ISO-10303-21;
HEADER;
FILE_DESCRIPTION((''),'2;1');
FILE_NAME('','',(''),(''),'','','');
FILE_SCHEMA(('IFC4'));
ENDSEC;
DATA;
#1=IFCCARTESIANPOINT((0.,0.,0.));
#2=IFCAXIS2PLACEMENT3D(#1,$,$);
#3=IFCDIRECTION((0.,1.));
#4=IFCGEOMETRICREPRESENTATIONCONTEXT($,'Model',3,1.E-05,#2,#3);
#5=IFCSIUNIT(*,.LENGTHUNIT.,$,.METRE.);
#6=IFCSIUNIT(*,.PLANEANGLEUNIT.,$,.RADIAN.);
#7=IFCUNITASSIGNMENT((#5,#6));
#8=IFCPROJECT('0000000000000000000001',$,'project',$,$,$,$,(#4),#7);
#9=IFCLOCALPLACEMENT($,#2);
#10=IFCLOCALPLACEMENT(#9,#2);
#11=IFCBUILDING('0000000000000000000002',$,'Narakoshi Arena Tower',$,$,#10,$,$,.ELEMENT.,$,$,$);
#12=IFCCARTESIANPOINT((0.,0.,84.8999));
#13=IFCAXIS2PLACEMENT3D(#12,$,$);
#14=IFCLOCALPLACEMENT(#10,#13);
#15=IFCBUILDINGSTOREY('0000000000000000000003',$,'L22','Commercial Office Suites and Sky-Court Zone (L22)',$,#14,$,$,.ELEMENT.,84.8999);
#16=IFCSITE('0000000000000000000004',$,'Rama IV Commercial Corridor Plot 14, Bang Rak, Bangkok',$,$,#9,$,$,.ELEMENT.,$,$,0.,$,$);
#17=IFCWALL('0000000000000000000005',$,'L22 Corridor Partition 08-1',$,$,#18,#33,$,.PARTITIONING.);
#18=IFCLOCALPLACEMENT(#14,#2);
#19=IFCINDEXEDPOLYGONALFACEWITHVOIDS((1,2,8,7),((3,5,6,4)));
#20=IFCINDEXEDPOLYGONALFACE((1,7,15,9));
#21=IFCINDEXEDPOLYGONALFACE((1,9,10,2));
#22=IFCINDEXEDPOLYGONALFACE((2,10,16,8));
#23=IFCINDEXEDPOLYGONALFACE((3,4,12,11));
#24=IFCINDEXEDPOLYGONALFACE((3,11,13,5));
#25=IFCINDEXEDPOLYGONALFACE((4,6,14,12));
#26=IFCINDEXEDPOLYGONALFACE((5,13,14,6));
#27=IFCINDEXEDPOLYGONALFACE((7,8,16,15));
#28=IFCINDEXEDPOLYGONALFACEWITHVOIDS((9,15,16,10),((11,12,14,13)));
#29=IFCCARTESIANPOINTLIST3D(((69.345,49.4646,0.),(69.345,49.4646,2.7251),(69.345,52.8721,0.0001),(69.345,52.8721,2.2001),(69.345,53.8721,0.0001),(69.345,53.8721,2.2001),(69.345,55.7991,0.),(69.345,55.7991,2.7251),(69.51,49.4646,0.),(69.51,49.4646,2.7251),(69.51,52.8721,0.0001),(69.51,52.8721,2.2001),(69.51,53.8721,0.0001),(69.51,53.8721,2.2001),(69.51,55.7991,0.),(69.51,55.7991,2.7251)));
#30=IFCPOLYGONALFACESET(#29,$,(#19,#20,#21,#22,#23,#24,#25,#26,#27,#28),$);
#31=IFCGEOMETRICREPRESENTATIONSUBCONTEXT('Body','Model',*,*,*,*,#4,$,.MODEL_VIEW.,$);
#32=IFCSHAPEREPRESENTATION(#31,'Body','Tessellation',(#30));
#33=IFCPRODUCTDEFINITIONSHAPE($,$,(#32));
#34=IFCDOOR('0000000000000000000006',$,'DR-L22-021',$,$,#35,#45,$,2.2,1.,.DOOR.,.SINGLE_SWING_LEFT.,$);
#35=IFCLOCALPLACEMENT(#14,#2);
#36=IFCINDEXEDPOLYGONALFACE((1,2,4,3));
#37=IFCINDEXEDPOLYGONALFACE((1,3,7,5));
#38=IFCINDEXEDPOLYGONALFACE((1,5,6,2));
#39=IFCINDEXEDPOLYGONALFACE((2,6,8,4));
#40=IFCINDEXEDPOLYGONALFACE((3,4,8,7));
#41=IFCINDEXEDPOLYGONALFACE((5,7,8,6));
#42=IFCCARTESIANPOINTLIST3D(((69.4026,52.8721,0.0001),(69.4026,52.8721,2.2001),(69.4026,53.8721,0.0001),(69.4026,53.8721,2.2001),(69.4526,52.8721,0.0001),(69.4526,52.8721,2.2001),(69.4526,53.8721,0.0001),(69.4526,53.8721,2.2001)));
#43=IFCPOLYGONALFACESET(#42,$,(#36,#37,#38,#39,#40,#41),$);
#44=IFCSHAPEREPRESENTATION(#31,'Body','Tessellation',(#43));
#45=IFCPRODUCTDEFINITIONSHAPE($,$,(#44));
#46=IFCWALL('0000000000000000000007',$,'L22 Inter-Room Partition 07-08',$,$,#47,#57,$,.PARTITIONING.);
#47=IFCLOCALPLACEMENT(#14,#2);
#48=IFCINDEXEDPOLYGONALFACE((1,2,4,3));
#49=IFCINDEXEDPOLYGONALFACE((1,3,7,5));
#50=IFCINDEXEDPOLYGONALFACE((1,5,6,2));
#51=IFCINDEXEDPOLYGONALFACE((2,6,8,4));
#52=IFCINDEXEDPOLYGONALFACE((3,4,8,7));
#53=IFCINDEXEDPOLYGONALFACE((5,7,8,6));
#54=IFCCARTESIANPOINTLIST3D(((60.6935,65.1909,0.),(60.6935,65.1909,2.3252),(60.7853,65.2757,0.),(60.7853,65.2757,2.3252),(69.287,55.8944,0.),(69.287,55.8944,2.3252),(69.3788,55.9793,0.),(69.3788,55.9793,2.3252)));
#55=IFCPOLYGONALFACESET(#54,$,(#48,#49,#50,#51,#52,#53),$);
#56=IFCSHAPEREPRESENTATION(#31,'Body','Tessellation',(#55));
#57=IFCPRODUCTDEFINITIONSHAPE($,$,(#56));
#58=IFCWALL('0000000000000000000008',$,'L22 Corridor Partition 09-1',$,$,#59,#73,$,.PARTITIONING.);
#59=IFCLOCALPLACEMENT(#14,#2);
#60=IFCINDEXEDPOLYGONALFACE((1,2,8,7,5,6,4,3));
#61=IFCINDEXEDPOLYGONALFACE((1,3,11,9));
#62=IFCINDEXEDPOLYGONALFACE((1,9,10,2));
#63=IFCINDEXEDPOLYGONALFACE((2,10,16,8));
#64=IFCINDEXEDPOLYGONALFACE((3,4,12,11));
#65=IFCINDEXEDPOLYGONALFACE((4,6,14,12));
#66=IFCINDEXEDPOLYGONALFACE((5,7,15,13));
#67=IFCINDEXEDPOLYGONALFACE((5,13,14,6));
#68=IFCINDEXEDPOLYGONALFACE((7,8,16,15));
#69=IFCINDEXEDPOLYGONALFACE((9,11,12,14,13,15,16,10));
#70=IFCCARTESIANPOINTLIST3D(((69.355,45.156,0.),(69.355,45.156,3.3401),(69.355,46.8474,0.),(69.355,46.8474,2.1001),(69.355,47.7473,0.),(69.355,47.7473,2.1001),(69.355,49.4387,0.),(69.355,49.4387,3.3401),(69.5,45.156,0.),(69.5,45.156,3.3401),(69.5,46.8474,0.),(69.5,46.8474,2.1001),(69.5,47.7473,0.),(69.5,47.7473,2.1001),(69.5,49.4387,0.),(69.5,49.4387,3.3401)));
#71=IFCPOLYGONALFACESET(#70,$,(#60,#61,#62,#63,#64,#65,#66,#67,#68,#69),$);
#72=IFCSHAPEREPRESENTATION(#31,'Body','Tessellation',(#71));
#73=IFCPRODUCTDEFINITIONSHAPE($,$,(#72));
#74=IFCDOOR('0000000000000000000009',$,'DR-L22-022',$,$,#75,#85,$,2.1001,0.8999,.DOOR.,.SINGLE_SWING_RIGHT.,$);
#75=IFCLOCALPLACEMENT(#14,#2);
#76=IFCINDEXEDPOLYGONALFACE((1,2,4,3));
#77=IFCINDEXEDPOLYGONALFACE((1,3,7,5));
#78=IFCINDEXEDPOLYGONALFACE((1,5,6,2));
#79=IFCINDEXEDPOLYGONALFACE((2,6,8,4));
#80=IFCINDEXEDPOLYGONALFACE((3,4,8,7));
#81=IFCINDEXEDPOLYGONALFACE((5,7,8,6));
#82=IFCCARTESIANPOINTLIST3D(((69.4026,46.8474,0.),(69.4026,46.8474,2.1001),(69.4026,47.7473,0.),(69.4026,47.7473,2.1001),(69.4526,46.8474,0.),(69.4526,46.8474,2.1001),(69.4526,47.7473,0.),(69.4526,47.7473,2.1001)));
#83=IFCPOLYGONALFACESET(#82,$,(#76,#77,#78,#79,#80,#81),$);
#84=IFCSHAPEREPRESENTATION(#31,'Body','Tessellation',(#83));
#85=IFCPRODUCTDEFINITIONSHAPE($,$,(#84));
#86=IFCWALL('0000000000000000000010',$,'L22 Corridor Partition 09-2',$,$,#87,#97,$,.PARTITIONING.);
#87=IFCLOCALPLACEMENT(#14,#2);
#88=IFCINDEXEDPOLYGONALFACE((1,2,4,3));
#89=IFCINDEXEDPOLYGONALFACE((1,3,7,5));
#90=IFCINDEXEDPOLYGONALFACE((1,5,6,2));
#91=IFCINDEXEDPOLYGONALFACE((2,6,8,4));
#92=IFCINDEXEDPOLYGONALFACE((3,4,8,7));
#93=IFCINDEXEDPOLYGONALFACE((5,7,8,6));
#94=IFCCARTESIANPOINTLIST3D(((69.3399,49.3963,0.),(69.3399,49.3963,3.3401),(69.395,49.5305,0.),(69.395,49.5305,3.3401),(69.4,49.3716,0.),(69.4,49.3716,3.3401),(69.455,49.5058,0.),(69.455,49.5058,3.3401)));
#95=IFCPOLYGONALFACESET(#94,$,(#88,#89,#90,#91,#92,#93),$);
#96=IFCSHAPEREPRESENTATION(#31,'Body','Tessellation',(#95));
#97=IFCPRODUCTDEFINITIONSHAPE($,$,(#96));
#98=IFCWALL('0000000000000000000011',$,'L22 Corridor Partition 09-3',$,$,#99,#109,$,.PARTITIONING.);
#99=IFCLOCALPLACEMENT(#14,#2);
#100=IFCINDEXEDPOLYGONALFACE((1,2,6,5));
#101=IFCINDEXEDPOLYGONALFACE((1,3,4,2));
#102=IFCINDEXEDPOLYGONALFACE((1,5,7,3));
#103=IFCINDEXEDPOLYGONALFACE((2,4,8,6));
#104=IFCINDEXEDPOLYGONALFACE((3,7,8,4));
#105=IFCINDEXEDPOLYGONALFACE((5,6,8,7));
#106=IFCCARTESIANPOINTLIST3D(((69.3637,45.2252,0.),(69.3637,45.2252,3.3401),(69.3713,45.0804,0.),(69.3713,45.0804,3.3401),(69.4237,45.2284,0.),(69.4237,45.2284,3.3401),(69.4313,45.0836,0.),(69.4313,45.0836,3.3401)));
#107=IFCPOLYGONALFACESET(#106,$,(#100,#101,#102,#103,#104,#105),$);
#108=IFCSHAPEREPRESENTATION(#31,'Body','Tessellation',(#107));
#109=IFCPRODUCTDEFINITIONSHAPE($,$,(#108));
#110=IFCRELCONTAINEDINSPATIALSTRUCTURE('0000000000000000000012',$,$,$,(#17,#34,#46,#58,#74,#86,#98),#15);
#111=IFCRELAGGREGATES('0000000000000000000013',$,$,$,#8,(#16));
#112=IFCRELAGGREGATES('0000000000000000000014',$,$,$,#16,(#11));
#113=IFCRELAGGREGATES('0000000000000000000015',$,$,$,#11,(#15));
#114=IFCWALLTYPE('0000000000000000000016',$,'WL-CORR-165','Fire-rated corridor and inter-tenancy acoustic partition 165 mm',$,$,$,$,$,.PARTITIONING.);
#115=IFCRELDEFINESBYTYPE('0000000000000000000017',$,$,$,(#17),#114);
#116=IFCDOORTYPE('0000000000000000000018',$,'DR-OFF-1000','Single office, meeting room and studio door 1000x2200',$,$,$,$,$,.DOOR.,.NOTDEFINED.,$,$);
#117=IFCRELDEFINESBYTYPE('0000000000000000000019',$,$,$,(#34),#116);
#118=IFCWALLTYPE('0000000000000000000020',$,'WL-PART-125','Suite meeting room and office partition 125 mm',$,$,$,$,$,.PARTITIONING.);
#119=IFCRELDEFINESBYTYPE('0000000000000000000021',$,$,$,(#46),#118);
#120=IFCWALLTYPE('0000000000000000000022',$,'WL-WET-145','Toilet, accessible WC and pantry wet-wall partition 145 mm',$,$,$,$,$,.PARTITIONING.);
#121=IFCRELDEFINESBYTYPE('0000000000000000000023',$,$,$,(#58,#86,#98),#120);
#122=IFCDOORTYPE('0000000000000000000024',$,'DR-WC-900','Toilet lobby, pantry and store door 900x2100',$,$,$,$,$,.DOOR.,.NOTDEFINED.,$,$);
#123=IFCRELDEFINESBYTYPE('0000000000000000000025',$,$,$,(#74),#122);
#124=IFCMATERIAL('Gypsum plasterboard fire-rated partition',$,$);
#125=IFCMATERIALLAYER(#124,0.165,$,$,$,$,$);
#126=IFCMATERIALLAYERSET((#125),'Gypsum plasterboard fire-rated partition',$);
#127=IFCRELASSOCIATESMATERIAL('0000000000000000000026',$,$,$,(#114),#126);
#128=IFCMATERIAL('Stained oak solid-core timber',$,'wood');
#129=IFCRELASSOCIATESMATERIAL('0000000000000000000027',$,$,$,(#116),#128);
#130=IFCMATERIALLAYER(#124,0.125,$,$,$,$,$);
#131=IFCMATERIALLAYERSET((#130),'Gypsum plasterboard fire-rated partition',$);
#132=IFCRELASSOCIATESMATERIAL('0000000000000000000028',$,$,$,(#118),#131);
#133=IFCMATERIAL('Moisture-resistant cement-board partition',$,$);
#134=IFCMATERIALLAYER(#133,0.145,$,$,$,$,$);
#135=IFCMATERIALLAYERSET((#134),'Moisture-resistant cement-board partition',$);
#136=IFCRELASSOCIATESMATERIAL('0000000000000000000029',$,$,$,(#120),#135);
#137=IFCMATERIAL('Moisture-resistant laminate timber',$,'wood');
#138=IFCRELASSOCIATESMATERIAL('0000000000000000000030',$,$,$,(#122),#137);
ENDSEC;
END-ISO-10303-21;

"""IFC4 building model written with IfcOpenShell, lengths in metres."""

from ifc_helpers import new_model, si_unit, direction, frame, frame_2d, origin, place, context, subcontext, project, spatial, rectangle, extrude, material, layer, layer_set, type_object, element, fill, save


model = new_model("IFC4")

# Units and contexts
model_context = context("Model", 3, precision=1e-05, world=origin(), true_north=direction((0.0, 1.0)))
body_context = subcontext(model_context, "Body", "Model", "MODEL_VIEW")
ifc_project = project(units=[si_unit("LENGTHUNIT", "METRE"), si_unit("PLANEANGLEUNIT", "RADIAN")], contexts=[model_context])

# Site, building, storey
site_placement = place(None, origin())
site = spatial("IfcSite", under=ifc_project, at=site_placement, Name="Rama IV Commercial Corridor Plot 14, Bang Rak, Bangkok", CompositionType="ELEMENT", RefElevation=0.0)
building_placement = place(site_placement, origin())
building = spatial("IfcBuilding", under=site, at=building_placement, Name="Narakoshi Arena Tower", CompositionType="ELEMENT")
storey_placement = place(building_placement, frame((0.0, 0.0, 84.8999)))
storey = spatial("IfcBuildingStorey", under=building, at=storey_placement, Name="L22", Description="Commercial Office Suites and Sky-Court Zone (L22)", CompositionType="ELEMENT", Elevation=84.8999)

# Wall, opening, door
ifc_material_1 = material(Name="Gypsum plasterboard fire-rated partition")
ifc_layer_1 = layer(ifc_material_1, 0.165)
ifc_layer_set_1 = layer_set([ifc_layer_1], Name="Gypsum plasterboard fire-rated partition")
wall_type_1 = type_object("IfcWallType", Name="WL-CORR-165", Description="Fire-rated corridor and inter-tenancy acoustic partition 165 mm", PredefinedType="PARTITIONING", material=ifc_layer_set_1)
ifc_material_2 = material(Name="Stained oak solid-core timber", Category="wood")
door_type_1 = type_object("IfcDoorType", Name="DR-OFF-1000", Description="Single office, meeting room and studio door 1000x2200", OperationType="NOTDEFINED", PredefinedType="DOOR", material=ifc_material_2)
wall_1_placement = place(storey_placement, frame((69.4275, 55.7991, 0.0), z_axis=(0.0, 0.0, 1.0), x_axis=(0.0, -1.0, 0.0)))
wall_1 = element("IfcWall", 1, at=wall_1_placement, inside=storey, type_object=wall_type_1, Name="L22 Corridor Partition 08-1", PredefinedType="PARTITIONING", context=body_context, shape_type="SweptSolid", body=[
    extrude(rectangle(XDim=6.3345, YDim=0.165, at=frame_2d((3.1672, 0.0))), origin(), (0.0, 0.0, 1.0), 2.7251),
])
opening_1_placement = place(wall_1_placement, frame((1.927, 0.0, 0.0)))
opening_1 = element("IfcOpeningElement", 2, at=opening_1_placement, cuts=wall_1, PredefinedType="OPENING", context=body_context, shape_type="SweptSolid", body=[
    extrude(rectangle(XDim=1.0, YDim=2.2, at=frame_2d((0.5, 1.1001))), frame((0.0, 0.0925, 0.0), z_axis=(0.0, -1.0, 0.0), x_axis=(1.0, 0.0, 0.0)), (0.0, 0.0, 1.0), 0.1851),
])
door_1_placement = place(opening_1_placement, frame((1.0, 0.0, 0.0), z_axis=(0.0, 0.0, 1.0), x_axis=(-1.0, 0.0, 0.0)))
door_1 = element("IfcDoor", 3, at=door_1_placement, inside=storey, type_object=door_type_1, Name="DR-L22-021", OperationType="SINGLE_SWING_LEFT", OverallHeight=2.2, OverallWidth=1.0, PredefinedType="DOOR", context=body_context, shape_type="SweptSolid", body=[
    extrude(rectangle(XDim=1.0, YDim=2.2, at=frame_2d((0.5, 1.1001))), frame((0.0, 0.0249, 0.0), z_axis=(0.0, -1.0, 0.0), x_axis=(1.0, 0.0, 0.0)), (0.0, 0.0, 1.0), 0.05),
])
fill(opening_1, door_1)

# Wall
ifc_layer_2 = layer(ifc_material_1, 0.125)
ifc_layer_set_2 = layer_set([ifc_layer_2], Name="Gypsum plasterboard fire-rated partition")
wall_type_2 = type_object("IfcWallType", Name="WL-PART-125", Description="Suite meeting room and office partition 125 mm", PredefinedType="PARTITIONING", material=ifc_layer_set_2)
wall_2_placement = place(storey_placement, frame((69.333, 55.9368, 0.0), z_axis=(0.0, 0.0, 1.0), x_axis=(-0.678801, 0.734322, 0.0)))
element("IfcWall", 4, at=wall_2_placement, inside=storey, type_object=wall_type_2, Name="L22 Inter-Room Partition 07-08", PredefinedType="PARTITIONING", context=body_context, shape_type="SweptSolid", body=[
    extrude(rectangle(XDim=12.6599, YDim=0.125, at=frame_2d((6.3301, 0.0))), origin(), (0.0, 0.0, 1.0), 2.3252),
])

# Wall, opening, door
ifc_material_3 = material(Name="Moisture-resistant cement-board partition")
ifc_layer_3 = layer(ifc_material_3, 0.145)
ifc_layer_set_3 = layer_set([ifc_layer_3], Name="Moisture-resistant cement-board partition")
wall_type_3 = type_object("IfcWallType", Name="WL-WET-145", Description="Toilet, accessible WC and pantry wet-wall partition 145 mm", PredefinedType="PARTITIONING", material=ifc_layer_set_3)
wall_3_placement = place(storey_placement, frame((69.4275, 49.4387, 0.0), z_axis=(0.0, 0.0, 1.0), x_axis=(0.0, -1.0, 0.0)))
wall_3 = element("IfcWall", 5, at=wall_3_placement, inside=storey, type_object=wall_type_3, Name="L22 Corridor Partition 09-1", PredefinedType="PARTITIONING", context=body_context, shape_type="SweptSolid", body=[
    extrude(rectangle(XDim=4.2827, YDim=0.145, at=frame_2d((2.1414, 0.0))), origin(), (0.0, 0.0, 1.0), 3.3401),
])
opening_2_placement = place(wall_3_placement, frame((1.6914, 0.0, 0.0)))
opening_2 = element("IfcOpeningElement", 6, at=opening_2_placement, cuts=wall_3, PredefinedType="OPENING", context=body_context, shape_type="SweptSolid", body=[
    extrude(rectangle(XDim=0.8999, YDim=2.1001, at=frame_2d((0.45, 1.05))), frame((0.0, 0.0825, 0.0), z_axis=(0.0, -1.0, 0.0), x_axis=(1.0, 0.0, 0.0)), (0.0, 0.0, 1.0), 0.165),
])
ifc_material_4 = material(Name="Moisture-resistant laminate timber", Category="wood")
door_type_2 = type_object("IfcDoorType", Name="DR-WC-900", Description="Toilet lobby, pantry and store door 900x2100", OperationType="NOTDEFINED", PredefinedType="DOOR", material=ifc_material_4)
door_2_placement = place(opening_2_placement, frame((0.8999, 0.0, 0.0), z_axis=(0.0, 0.0, 1.0), x_axis=(-1.0, 0.0, 0.0)))
door_2 = element("IfcDoor", 7, at=door_2_placement, inside=storey, type_object=door_type_2, Name="DR-L22-022", OperationType="SINGLE_SWING_RIGHT", OverallHeight=2.1001, OverallWidth=0.8999, PredefinedType="DOOR", context=body_context, shape_type="SweptSolid", body=[
    extrude(rectangle(XDim=0.8999, YDim=2.1001, at=frame_2d((0.45, 1.05))), frame((0.0, 0.0249, 0.0), z_axis=(0.0, -1.0, 0.0), x_axis=(1.0, 0.0, 0.0)), (0.0, 0.0, 1.0), 0.05),
])
fill(opening_2, door_2)

# Walls
wall_4_placement = place(storey_placement, frame((69.3674, 49.4634, 0.0), z_axis=(0.0, 0.0, 1.0), x_axis=(0.925067, -0.379804, 0.0)))
element("IfcWall", 8, at=wall_4_placement, inside=storey, type_object=wall_type_3, Name="L22 Corridor Partition 09-2", PredefinedType="PARTITIONING", context=body_context, shape_type="SweptSolid", body=[
    extrude(rectangle(XDim=0.0649, YDim=0.145, at=frame_2d((0.0325, 0.0))), origin(), (0.0, 0.0, 1.0), 3.3401),
])
wall_5_placement = place(storey_placement, frame((69.4275, 45.156, 0.0), z_axis=(0.0, 0.0, 1.0), x_axis=(-0.998607, -0.052772, 0.0)))
element("IfcWall", 9, at=wall_5_placement, inside=storey, type_object=wall_type_3, Name="L22 Corridor Partition 09-3", PredefinedType="PARTITIONING", context=body_context, shape_type="SweptSolid", body=[
    extrude(rectangle(XDim=0.0601, YDim=0.145, at=frame_2d((0.03, 0.0))), origin(), (0.0, 0.0, 1.0), 3.3401),
])

save(model, "model.ifc")
